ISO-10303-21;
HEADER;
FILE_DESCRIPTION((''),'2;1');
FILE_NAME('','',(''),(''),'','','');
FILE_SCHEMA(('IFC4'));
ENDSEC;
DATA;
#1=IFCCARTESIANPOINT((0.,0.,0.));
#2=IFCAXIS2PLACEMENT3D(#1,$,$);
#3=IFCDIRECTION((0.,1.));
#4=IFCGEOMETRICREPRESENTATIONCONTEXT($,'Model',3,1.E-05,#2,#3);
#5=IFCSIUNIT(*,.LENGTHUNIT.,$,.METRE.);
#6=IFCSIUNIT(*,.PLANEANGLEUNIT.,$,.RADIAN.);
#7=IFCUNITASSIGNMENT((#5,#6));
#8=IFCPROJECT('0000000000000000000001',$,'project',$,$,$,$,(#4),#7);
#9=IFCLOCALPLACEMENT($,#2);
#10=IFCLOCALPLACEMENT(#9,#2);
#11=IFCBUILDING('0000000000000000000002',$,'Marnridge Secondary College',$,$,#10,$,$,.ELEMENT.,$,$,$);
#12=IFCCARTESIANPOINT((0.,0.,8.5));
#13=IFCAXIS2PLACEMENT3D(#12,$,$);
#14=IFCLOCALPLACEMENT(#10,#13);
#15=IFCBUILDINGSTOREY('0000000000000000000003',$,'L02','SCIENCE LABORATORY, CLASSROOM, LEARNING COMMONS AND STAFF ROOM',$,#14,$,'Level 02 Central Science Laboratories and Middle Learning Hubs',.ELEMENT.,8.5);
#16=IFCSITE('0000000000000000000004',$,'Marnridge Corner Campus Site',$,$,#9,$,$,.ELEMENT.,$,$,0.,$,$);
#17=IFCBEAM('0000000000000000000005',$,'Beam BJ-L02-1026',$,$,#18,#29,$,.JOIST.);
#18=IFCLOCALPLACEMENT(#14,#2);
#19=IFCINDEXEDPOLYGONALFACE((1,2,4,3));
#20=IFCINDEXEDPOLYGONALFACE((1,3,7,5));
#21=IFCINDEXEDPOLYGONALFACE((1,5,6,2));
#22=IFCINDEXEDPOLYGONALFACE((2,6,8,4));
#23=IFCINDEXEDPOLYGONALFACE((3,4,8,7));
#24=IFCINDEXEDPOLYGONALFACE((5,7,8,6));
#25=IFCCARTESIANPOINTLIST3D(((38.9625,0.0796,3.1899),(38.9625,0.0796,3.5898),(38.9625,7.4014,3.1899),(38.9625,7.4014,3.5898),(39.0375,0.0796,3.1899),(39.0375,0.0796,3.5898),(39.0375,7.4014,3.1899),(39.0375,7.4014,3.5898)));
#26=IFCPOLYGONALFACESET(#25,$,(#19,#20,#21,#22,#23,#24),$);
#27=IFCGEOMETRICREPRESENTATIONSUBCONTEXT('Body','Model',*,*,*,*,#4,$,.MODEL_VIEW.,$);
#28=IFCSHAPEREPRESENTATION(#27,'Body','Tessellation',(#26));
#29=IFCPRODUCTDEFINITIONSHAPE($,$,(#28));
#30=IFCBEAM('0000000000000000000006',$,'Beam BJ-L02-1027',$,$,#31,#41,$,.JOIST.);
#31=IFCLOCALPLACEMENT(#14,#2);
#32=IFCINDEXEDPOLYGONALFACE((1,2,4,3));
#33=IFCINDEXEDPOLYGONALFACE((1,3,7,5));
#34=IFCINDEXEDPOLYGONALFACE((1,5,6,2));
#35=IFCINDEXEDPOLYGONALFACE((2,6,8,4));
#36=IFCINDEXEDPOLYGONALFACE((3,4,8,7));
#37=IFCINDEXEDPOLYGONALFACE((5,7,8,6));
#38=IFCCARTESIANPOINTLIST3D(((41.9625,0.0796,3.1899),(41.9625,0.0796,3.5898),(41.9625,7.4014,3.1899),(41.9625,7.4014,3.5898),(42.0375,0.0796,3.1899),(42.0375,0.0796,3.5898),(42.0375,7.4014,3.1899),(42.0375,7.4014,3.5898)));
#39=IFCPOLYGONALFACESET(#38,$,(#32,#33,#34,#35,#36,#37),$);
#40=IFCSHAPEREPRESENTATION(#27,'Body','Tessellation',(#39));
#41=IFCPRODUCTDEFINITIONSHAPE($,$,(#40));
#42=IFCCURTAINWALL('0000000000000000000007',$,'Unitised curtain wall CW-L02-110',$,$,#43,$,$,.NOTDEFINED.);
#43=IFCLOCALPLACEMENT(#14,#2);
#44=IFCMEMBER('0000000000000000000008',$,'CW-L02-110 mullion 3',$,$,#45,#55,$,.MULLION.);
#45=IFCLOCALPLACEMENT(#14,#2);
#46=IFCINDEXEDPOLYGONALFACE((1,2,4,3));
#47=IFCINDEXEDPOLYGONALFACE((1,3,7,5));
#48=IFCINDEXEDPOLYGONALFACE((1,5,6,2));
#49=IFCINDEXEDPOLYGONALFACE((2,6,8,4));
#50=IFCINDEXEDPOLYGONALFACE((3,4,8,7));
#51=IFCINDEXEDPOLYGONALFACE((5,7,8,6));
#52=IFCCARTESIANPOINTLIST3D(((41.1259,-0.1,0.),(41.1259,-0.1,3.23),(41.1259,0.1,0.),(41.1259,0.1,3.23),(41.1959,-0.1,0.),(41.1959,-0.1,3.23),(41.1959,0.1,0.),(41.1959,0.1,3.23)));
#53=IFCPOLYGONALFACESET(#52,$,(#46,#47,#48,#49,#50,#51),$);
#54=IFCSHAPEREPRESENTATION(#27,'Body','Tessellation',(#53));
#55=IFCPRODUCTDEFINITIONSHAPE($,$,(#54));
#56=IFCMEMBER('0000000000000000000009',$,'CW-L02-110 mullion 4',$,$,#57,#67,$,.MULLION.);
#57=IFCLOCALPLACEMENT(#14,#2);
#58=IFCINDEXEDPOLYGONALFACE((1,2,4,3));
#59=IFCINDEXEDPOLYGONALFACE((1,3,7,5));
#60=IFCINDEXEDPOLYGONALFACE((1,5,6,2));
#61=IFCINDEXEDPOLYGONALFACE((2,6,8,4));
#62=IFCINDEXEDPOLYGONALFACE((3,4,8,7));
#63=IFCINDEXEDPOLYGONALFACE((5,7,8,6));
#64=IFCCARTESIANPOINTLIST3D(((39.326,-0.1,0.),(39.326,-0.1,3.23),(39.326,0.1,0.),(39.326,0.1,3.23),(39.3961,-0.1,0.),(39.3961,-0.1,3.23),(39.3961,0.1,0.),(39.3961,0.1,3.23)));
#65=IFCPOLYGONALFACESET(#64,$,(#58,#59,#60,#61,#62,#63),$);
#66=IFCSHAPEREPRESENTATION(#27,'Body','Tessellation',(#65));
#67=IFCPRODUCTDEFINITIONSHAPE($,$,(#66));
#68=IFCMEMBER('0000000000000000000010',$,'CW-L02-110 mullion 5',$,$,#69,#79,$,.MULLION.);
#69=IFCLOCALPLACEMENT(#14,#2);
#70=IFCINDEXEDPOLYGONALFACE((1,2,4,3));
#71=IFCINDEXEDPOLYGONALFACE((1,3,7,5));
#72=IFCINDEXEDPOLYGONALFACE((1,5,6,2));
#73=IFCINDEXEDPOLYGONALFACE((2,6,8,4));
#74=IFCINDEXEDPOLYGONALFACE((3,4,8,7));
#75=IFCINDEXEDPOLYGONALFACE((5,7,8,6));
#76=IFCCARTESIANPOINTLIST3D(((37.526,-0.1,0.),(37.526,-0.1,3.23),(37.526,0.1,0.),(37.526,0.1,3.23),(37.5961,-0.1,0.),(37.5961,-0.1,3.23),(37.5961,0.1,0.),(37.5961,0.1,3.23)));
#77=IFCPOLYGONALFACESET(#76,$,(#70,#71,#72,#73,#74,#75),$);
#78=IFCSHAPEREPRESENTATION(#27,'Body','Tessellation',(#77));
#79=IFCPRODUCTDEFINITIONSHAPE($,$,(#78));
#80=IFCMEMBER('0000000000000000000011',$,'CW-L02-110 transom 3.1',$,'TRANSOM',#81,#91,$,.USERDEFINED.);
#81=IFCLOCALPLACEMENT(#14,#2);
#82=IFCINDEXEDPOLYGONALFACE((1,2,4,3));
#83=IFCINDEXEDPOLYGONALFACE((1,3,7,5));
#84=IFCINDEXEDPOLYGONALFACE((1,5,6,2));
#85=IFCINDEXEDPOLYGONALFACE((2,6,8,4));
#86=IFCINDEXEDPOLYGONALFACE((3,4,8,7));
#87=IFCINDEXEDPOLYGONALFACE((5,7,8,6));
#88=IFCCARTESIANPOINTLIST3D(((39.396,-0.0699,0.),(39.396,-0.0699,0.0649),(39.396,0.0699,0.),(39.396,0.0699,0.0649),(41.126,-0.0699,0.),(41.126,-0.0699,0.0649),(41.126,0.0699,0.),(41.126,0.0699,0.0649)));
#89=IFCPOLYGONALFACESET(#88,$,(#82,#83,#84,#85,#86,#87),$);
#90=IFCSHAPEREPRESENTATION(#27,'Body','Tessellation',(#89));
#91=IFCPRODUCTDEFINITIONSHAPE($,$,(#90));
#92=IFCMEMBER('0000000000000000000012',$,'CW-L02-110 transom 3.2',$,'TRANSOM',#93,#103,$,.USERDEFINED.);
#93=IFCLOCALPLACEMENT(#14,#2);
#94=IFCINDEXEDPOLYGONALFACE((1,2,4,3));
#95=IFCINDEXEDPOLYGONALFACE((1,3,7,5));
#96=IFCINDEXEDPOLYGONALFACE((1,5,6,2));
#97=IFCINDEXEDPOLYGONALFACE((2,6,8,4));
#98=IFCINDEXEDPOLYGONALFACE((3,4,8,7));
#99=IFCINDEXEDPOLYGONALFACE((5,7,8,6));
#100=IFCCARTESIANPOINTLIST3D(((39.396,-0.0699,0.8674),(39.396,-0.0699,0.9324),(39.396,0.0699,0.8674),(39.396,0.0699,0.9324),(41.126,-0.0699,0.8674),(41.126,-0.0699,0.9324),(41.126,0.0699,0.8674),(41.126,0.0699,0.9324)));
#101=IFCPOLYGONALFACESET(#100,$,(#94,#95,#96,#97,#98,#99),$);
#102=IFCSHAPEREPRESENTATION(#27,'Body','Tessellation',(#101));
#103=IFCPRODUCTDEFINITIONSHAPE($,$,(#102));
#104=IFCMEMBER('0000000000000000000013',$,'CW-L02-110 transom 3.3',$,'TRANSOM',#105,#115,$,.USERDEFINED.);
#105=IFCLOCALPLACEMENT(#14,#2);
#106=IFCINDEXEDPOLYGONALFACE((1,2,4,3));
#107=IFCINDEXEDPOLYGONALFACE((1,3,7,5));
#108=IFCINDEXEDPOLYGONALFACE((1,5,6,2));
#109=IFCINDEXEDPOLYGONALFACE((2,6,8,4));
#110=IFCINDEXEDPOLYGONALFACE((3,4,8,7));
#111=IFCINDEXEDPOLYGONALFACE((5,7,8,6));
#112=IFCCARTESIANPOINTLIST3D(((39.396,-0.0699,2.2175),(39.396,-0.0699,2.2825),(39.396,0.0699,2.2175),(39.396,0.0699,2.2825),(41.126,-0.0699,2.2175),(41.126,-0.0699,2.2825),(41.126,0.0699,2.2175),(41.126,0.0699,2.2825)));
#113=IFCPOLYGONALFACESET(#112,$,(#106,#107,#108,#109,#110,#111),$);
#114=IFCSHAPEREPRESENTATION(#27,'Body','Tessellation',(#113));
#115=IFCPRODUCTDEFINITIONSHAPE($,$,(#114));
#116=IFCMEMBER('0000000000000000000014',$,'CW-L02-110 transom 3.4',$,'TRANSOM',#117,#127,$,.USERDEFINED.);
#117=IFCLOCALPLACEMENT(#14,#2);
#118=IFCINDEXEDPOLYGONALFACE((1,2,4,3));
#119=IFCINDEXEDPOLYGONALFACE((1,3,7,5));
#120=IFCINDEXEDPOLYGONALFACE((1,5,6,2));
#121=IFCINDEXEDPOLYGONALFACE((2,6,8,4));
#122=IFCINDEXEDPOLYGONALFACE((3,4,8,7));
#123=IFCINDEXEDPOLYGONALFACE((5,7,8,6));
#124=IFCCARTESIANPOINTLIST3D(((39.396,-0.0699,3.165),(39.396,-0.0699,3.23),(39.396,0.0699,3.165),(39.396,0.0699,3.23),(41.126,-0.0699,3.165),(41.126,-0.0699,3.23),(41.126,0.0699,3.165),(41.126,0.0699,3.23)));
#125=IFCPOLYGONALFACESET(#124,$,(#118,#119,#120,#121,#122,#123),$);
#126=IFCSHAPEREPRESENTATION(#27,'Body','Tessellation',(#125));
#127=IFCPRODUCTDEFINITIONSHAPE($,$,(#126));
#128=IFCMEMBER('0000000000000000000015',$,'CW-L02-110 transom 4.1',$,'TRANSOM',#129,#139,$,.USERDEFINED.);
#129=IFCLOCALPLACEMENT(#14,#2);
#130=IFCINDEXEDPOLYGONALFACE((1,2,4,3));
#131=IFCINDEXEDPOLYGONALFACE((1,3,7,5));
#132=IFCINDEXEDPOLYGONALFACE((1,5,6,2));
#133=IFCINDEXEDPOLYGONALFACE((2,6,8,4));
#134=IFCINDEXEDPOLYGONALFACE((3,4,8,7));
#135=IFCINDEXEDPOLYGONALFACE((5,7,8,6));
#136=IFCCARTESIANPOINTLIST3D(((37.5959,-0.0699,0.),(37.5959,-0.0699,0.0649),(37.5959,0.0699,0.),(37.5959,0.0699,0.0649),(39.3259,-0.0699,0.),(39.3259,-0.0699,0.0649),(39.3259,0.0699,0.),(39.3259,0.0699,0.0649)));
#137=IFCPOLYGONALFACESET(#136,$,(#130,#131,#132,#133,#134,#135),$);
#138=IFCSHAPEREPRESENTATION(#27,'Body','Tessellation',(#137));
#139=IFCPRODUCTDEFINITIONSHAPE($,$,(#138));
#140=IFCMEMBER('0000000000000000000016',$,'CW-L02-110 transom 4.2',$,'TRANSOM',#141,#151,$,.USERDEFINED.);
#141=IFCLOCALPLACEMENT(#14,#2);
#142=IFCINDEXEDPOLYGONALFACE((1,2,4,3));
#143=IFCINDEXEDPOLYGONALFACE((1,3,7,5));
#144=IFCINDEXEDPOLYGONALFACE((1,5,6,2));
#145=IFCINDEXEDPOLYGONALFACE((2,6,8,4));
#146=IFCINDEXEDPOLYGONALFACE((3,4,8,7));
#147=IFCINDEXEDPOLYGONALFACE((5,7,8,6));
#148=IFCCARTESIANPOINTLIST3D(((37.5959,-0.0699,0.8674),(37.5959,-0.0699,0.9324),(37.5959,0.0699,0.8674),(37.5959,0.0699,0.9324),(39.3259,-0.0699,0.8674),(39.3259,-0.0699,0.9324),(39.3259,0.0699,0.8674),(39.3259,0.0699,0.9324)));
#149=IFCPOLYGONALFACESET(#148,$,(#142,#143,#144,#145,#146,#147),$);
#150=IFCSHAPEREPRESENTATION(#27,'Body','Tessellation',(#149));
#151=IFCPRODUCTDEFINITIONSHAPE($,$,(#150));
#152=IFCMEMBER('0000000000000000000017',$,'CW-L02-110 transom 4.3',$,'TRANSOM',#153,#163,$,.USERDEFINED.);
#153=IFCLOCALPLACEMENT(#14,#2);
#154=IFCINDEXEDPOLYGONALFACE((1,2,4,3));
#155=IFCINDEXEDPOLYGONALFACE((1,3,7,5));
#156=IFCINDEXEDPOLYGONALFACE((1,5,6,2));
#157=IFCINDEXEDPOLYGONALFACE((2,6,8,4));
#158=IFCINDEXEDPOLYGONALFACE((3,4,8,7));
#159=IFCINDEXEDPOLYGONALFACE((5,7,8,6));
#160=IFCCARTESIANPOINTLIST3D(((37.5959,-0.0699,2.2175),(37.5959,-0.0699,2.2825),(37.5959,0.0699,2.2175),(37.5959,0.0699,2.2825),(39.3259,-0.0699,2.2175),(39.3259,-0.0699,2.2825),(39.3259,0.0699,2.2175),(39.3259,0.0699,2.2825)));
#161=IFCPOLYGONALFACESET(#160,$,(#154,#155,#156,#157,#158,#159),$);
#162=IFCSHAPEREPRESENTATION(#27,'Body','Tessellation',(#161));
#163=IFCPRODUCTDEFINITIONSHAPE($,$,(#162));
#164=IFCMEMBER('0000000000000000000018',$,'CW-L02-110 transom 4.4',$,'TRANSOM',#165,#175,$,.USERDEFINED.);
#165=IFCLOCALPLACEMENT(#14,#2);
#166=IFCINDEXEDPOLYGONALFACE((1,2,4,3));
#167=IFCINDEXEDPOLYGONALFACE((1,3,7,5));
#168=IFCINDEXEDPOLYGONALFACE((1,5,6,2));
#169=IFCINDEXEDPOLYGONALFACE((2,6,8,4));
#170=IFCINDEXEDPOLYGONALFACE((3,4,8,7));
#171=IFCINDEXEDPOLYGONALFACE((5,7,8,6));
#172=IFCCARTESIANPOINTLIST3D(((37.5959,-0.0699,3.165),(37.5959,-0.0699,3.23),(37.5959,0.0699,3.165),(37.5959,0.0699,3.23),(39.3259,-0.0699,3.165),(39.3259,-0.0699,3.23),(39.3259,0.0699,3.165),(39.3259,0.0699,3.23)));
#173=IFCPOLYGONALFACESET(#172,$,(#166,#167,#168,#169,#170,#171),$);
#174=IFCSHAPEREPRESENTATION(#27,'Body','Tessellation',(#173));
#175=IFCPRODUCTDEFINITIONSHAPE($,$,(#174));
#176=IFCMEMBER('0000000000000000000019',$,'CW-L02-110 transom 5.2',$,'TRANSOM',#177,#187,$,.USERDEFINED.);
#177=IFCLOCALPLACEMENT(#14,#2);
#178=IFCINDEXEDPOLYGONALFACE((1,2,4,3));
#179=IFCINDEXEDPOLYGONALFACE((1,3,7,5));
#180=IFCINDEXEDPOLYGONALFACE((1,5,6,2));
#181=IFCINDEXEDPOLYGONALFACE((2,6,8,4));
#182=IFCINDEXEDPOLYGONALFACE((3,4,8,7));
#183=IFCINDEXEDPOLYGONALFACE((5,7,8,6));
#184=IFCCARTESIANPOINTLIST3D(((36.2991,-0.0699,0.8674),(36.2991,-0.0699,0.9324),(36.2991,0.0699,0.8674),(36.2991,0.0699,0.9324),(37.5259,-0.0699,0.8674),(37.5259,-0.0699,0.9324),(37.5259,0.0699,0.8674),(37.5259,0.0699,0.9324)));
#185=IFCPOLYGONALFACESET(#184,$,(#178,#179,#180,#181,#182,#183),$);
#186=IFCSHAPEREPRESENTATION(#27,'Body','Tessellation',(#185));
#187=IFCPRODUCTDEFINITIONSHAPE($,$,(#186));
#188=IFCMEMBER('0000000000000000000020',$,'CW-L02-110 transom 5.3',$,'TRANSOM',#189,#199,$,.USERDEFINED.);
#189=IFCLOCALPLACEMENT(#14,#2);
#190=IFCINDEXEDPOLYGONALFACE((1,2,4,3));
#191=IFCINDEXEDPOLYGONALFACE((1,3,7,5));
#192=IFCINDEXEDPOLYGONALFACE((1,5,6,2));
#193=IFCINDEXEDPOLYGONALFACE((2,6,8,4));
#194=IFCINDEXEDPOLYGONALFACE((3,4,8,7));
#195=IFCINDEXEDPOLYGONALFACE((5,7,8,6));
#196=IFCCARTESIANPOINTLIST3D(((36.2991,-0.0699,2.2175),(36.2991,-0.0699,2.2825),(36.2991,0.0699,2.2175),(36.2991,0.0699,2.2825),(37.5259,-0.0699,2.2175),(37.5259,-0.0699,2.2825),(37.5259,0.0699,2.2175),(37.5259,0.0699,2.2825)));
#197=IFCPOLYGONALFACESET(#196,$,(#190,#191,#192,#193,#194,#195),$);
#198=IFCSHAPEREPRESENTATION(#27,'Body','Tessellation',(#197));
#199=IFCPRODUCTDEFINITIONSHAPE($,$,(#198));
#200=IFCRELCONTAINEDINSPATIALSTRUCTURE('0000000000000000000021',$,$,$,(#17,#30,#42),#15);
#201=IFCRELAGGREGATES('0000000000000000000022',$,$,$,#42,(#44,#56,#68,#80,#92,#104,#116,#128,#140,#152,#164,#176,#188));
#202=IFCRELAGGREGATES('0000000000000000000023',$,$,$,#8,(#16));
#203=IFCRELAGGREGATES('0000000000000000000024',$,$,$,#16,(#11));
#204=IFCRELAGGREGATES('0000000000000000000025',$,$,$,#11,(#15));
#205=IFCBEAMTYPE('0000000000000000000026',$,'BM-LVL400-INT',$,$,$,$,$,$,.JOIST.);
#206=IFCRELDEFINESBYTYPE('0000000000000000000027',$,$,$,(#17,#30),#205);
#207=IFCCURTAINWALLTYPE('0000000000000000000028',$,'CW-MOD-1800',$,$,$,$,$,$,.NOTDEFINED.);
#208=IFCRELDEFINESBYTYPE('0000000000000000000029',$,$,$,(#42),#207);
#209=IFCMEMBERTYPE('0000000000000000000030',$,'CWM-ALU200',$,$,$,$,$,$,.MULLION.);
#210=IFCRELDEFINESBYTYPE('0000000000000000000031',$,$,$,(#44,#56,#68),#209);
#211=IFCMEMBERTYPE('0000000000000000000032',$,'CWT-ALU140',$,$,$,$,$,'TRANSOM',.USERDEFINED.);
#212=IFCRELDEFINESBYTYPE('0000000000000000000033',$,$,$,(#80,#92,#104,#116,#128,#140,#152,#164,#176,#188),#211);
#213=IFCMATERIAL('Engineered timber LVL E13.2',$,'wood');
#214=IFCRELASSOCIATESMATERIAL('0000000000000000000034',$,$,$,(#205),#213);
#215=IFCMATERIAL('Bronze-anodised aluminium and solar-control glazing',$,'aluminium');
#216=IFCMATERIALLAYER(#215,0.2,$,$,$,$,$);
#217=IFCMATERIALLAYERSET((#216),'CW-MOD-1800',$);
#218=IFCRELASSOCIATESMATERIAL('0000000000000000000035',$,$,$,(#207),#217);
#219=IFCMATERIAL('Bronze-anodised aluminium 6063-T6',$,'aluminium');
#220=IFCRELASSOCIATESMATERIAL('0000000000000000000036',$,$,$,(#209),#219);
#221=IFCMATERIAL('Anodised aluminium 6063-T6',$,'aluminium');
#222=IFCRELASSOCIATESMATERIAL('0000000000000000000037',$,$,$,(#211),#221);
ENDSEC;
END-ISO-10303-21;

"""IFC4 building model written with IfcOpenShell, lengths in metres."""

from ifc_helpers import new_model, si_unit, direction, frame, origin, origin_2d, place, context, subcontext, project, spatial, rectangle, extrude, material, layer, layer_set, material_profile, profile_set, type_object, element, aggregate, save


model = new_model("IFC4")

# Units and contexts
model_context = context("Model", 3, precision=1e-05, world=origin(), true_north=direction((0.0, 1.0)))
body_context = subcontext(model_context, "Body", "Model", "MODEL_VIEW")
ifc_project = project(units=[si_unit("LENGTHUNIT", "METRE"), si_unit("PLANEANGLEUNIT", "RADIAN")], contexts=[model_context])

# Site, building, storey
site_placement = place(None, origin())
site = spatial("IfcSite", under=ifc_project, at=site_placement, Name="Marnridge Corner Campus Site", CompositionType="ELEMENT", RefElevation=0.0)
building_placement = place(site_placement, origin())
building = spatial("IfcBuilding", under=site, at=building_placement, Name="Marnridge Secondary College", CompositionType="ELEMENT")
storey_placement = place(building_placement, frame((0.0, 0.0, 8.5)))
storey = spatial("IfcBuildingStorey", under=building, at=storey_placement, Name="L02", Description="SCIENCE LABORATORY, CLASSROOM, LEARNING COMMONS AND STAFF ROOM", LongName="Level 02 Central Science Laboratories and Middle Learning Hubs", CompositionType="ELEMENT", Elevation=8.5)

# Beams
ifc_material_1 = material(Name="Engineered timber LVL E13.2", Category="wood")
ifc_material_profile_1 = material_profile(ifc_material_1, rectangle(XDim=0.075, YDim=0.3999, at=origin_2d()), Name="LVL 75x400")
ifc_profile_set_1 = profile_set([ifc_material_profile_1], Name="Engineered timber LVL E13.2")
beam_type = type_object("IfcBeamType", Name="BM-LVL400-INT", PredefinedType="JOIST", material=ifc_profile_set_1)
for number, where, z_axis, x_axis, name in (
    (1, (39.0, 0.0796, 3.3899), (0.0, 1.0, 0.0), (-1.0, 0.0, 0.0), "Beam BJ-L02-1026"),
    (2, (42.0, 0.0796, 3.3899), (0.0, 1.0, 0.0), (-1.0, 0.0, 0.0), "Beam BJ-L02-1027"),
):
    element("IfcBeam", number, at=place(storey_placement, frame(where, z_axis=z_axis, x_axis=x_axis)), inside=storey, type_object=beam_type, Name=name, PredefinedType="JOIST", context=body_context, shape_type="SweptSolid", body=[
        extrude(rectangle(XDim=0.075, YDim=0.3999, at=origin_2d()), origin(), (0.0, 0.0, 1.0), 7.3218),
    ])

# Curtain wall, members
ifc_material_2 = material(Name="Bronze-anodised aluminium and solar-control glazing", Category="aluminium")
ifc_layer_1 = layer(ifc_material_2, 0.2)
ifc_layer_set_1 = layer_set([ifc_layer_1], Name="CW-MOD-1800")
curtain_wall_type = type_object("IfcCurtainWallType", Name="CW-MOD-1800", PredefinedType="NOTDEFINED", material=ifc_layer_set_1)
curtain_wall_placement = place(storey_placement, origin())
curtain_wall = element("IfcCurtainWall", 3, at=curtain_wall_placement, inside=storey, type_object=curtain_wall_type, Name="Unitised curtain wall CW-L02-110", PredefinedType="NOTDEFINED")
ifc_material_3 = material(Name="Bronze-anodised aluminium 6063-T6", Category="aluminium")
ifc_material_profile_2 = material_profile(ifc_material_3, rectangle(XDim=0.0701, YDim=0.2, at=origin_2d()), Name="ALU 70x200")
ifc_profile_set_2 = profile_set([ifc_material_profile_2], Name="Bronze-anodised aluminium 6063-T6")
member_type_1 = type_object("IfcMemberType", Name="CWM-ALU200", PredefinedType="MULLION", material=ifc_profile_set_2)
member_1_placement = place(storey_placement, frame((41.1609, 0.0, 0.0), z_axis=(0.0, 0.0, 1.0), x_axis=(-1.0, 0.0, 0.0)))
member_1 = element("IfcMember", 4, at=member_1_placement, type_object=member_type_1, Name="CW-L02-110 mullion 3", PredefinedType="MULLION", context=body_context, shape_type="SweptSolid", body=[
    extrude(rectangle(XDim=0.0701, YDim=0.2, at=origin_2d()), origin(), (0.0, 0.0, 1.0), 3.23),
])
member_2_placement = place(storey_placement, frame((39.3611, 0.0, 0.0), z_axis=(0.0, 0.0, 1.0), x_axis=(-1.0, 0.0, 0.0)))
member_2 = element("IfcMember", 5, at=member_2_placement, type_object=member_type_1, Name="CW-L02-110 mullion 4", PredefinedType="MULLION", context=body_context, shape_type="SweptSolid", body=[
    extrude(rectangle(XDim=0.0701, YDim=0.2, at=origin_2d()), origin(), (0.0, 0.0, 1.0), 3.23),
])
member_3_placement = place(storey_placement, frame((37.561, 0.0, 0.0), z_axis=(0.0, 0.0, 1.0), x_axis=(-1.0, 0.0, 0.0)))
member_3 = element("IfcMember", 6, at=member_3_placement, type_object=member_type_1, Name="CW-L02-110 mullion 5", PredefinedType="MULLION", context=body_context, shape_type="SweptSolid", body=[
    extrude(rectangle(XDim=0.0701, YDim=0.2, at=origin_2d()), origin(), (0.0, 0.0, 1.0), 3.23),
])
ifc_material_4 = material(Name="Anodised aluminium 6063-T6", Category="aluminium")
ifc_material_profile_3 = material_profile(ifc_material_4, rectangle(XDim=0.0649, YDim=0.1399, at=origin_2d()), Name="ALU 65x140")
ifc_profile_set_3 = profile_set([ifc_material_profile_3], Name="Anodised aluminium 6063-T6")
member_type_2 = type_object("IfcMemberType", Name="CWT-ALU140", ElementType="TRANSOM", PredefinedType="USERDEFINED", material=ifc_profile_set_3)
member_4_placement = place(storey_placement, frame((41.126, 0.0, 0.0325), z_axis=(-1.0, 0.0, 0.0), x_axis=(0.0, 0.0, 1.0)))
member_4 = element("IfcMember", 7, at=member_4_placement, type_object=member_type_2, Name="CW-L02-110 transom 3.1", ObjectType="TRANSOM", PredefinedType="USERDEFINED", context=body_context, shape_type="SweptSolid", body=[
    extrude(rectangle(XDim=0.0649, YDim=0.1399, at=origin_2d()), origin(), (0.0, 0.0, 1.0), 1.73),
])
member_5_placement = place(storey_placement, frame((41.126, 0.0, 0.8999), z_axis=(-1.0, 0.0, 0.0), x_axis=(0.0, 0.0, 1.0)))
member_5 = element("IfcMember", 8, at=member_5_placement, type_object=member_type_2, Name="CW-L02-110 transom 3.2", ObjectType="TRANSOM", PredefinedType="USERDEFINED", context=body_context, shape_type="SweptSolid", body=[
    extrude(rectangle(XDim=0.0649, YDim=0.1399, at=origin_2d()), origin(), (0.0, 0.0, 1.0), 1.73),
])
member_6_placement = place(storey_placement, frame((41.126, 0.0, 2.25), z_axis=(-1.0, 0.0, 0.0), x_axis=(0.0, 0.0, 1.0)))
member_6 = element("IfcMember", 9, at=member_6_placement, type_object=member_type_2, Name="CW-L02-110 transom 3.3", ObjectType="TRANSOM", PredefinedType="USERDEFINED", context=body_context, shape_type="SweptSolid", body=[
    extrude(rectangle(XDim=0.0649, YDim=0.1399, at=origin_2d()), origin(), (0.0, 0.0, 1.0), 1.73),
])
member_7_placement = place(storey_placement, frame((41.126, 0.0, 3.1975), z_axis=(-1.0, 0.0, 0.0), x_axis=(0.0, 0.0, 1.0)))
member_7 = element("IfcMember", 10, at=member_7_placement, type_object=member_type_2, Name="CW-L02-110 transom 3.4", ObjectType="TRANSOM", PredefinedType="USERDEFINED", context=body_context, shape_type="SweptSolid", body=[
    extrude(rectangle(XDim=0.0649, YDim=0.1399, at=origin_2d()), origin(), (0.0, 0.0, 1.0), 1.73),
])
member_8_placement = place(storey_placement, frame((39.3259, 0.0, 0.0325), z_axis=(-1.0, 0.0, 0.0), x_axis=(0.0, 0.0, 1.0)))
member_8 = element("IfcMember", 11, at=member_8_placement, type_object=member_type_2, Name="CW-L02-110 transom 4.1", ObjectType="TRANSOM", PredefinedType="USERDEFINED", context=body_context, shape_type="SweptSolid", body=[
    extrude(rectangle(XDim=0.0649, YDim=0.1399, at=origin_2d()), origin(), (0.0, 0.0, 1.0), 1.73),
])
member_9_placement = place(storey_placement, frame((39.3259, 0.0, 0.8999), z_axis=(-1.0, 0.0, 0.0), x_axis=(0.0, 0.0, 1.0)))
member_9 = element("IfcMember", 12, at=member_9_placement, type_object=member_type_2, Name="CW-L02-110 transom 4.2", ObjectType="TRANSOM", PredefinedType="USERDEFINED", context=body_context, shape_type="SweptSolid", body=[
    extrude(rectangle(XDim=0.0649, YDim=0.1399, at=origin_2d()), origin(), (0.0, 0.0, 1.0), 1.73),
])
member_10_placement = place(storey_placement, frame((39.3259, 0.0, 2.25), z_axis=(-1.0, 0.0, 0.0), x_axis=(0.0, 0.0, 1.0)))
member_10 = element("IfcMember", 13, at=member_10_placement, type_object=member_type_2, Name="CW-L02-110 transom 4.3", ObjectType="TRANSOM", PredefinedType="USERDEFINED", context=body_context, shape_type="SweptSolid", body=[
    extrude(rectangle(XDim=0.0649, YDim=0.1399, at=origin_2d()), origin(), (0.0, 0.0, 1.0), 1.73),
])
member_11_placement = place(storey_placement, frame((39.3259, 0.0, 3.1975), z_axis=(-1.0, 0.0, 0.0), x_axis=(0.0, 0.0, 1.0)))
member_11 = element("IfcMember", 14, at=member_11_placement, type_object=member_type_2, Name="CW-L02-110 transom 4.4", ObjectType="TRANSOM", PredefinedType="USERDEFINED", context=body_context, shape_type="SweptSolid", body=[
    extrude(rectangle(XDim=0.0649, YDim=0.1399, at=origin_2d()), origin(), (0.0, 0.0, 1.0), 1.73),
])
member_12_placement = place(storey_placement, frame((37.5259, 0.0, 0.8999), z_axis=(-1.0, 0.0, 0.0), x_axis=(0.0, 0.0, 1.0)))
member_12 = element("IfcMember", 15, at=member_12_placement, type_object=member_type_2, Name="CW-L02-110 transom 5.2", ObjectType="TRANSOM", PredefinedType="USERDEFINED", context=body_context, shape_type="SweptSolid", body=[
    extrude(rectangle(XDim=0.0649, YDim=0.1399, at=origin_2d()), origin(), (0.0, 0.0, 1.0), 1.2268),
])
member_13_placement = place(storey_placement, frame((37.5259, 0.0, 2.25), z_axis=(-1.0, 0.0, 0.0), x_axis=(0.0, 0.0, 1.0)))
member_13 = element("IfcMember", 16, at=member_13_placement, type_object=member_type_2, Name="CW-L02-110 transom 5.3", ObjectType="TRANSOM", PredefinedType="USERDEFINED", context=body_context, shape_type="SweptSolid", body=[
    extrude(rectangle(XDim=0.0649, YDim=0.1399, at=origin_2d()), origin(), (0.0, 0.0, 1.0), 1.2268),
])
aggregate(curtain_wall, [member_1, member_2, member_3, member_4, member_5, member_6, member_7, member_8, member_9, member_10, member_11, member_12, member_13])

save(model, "model.ifc")
